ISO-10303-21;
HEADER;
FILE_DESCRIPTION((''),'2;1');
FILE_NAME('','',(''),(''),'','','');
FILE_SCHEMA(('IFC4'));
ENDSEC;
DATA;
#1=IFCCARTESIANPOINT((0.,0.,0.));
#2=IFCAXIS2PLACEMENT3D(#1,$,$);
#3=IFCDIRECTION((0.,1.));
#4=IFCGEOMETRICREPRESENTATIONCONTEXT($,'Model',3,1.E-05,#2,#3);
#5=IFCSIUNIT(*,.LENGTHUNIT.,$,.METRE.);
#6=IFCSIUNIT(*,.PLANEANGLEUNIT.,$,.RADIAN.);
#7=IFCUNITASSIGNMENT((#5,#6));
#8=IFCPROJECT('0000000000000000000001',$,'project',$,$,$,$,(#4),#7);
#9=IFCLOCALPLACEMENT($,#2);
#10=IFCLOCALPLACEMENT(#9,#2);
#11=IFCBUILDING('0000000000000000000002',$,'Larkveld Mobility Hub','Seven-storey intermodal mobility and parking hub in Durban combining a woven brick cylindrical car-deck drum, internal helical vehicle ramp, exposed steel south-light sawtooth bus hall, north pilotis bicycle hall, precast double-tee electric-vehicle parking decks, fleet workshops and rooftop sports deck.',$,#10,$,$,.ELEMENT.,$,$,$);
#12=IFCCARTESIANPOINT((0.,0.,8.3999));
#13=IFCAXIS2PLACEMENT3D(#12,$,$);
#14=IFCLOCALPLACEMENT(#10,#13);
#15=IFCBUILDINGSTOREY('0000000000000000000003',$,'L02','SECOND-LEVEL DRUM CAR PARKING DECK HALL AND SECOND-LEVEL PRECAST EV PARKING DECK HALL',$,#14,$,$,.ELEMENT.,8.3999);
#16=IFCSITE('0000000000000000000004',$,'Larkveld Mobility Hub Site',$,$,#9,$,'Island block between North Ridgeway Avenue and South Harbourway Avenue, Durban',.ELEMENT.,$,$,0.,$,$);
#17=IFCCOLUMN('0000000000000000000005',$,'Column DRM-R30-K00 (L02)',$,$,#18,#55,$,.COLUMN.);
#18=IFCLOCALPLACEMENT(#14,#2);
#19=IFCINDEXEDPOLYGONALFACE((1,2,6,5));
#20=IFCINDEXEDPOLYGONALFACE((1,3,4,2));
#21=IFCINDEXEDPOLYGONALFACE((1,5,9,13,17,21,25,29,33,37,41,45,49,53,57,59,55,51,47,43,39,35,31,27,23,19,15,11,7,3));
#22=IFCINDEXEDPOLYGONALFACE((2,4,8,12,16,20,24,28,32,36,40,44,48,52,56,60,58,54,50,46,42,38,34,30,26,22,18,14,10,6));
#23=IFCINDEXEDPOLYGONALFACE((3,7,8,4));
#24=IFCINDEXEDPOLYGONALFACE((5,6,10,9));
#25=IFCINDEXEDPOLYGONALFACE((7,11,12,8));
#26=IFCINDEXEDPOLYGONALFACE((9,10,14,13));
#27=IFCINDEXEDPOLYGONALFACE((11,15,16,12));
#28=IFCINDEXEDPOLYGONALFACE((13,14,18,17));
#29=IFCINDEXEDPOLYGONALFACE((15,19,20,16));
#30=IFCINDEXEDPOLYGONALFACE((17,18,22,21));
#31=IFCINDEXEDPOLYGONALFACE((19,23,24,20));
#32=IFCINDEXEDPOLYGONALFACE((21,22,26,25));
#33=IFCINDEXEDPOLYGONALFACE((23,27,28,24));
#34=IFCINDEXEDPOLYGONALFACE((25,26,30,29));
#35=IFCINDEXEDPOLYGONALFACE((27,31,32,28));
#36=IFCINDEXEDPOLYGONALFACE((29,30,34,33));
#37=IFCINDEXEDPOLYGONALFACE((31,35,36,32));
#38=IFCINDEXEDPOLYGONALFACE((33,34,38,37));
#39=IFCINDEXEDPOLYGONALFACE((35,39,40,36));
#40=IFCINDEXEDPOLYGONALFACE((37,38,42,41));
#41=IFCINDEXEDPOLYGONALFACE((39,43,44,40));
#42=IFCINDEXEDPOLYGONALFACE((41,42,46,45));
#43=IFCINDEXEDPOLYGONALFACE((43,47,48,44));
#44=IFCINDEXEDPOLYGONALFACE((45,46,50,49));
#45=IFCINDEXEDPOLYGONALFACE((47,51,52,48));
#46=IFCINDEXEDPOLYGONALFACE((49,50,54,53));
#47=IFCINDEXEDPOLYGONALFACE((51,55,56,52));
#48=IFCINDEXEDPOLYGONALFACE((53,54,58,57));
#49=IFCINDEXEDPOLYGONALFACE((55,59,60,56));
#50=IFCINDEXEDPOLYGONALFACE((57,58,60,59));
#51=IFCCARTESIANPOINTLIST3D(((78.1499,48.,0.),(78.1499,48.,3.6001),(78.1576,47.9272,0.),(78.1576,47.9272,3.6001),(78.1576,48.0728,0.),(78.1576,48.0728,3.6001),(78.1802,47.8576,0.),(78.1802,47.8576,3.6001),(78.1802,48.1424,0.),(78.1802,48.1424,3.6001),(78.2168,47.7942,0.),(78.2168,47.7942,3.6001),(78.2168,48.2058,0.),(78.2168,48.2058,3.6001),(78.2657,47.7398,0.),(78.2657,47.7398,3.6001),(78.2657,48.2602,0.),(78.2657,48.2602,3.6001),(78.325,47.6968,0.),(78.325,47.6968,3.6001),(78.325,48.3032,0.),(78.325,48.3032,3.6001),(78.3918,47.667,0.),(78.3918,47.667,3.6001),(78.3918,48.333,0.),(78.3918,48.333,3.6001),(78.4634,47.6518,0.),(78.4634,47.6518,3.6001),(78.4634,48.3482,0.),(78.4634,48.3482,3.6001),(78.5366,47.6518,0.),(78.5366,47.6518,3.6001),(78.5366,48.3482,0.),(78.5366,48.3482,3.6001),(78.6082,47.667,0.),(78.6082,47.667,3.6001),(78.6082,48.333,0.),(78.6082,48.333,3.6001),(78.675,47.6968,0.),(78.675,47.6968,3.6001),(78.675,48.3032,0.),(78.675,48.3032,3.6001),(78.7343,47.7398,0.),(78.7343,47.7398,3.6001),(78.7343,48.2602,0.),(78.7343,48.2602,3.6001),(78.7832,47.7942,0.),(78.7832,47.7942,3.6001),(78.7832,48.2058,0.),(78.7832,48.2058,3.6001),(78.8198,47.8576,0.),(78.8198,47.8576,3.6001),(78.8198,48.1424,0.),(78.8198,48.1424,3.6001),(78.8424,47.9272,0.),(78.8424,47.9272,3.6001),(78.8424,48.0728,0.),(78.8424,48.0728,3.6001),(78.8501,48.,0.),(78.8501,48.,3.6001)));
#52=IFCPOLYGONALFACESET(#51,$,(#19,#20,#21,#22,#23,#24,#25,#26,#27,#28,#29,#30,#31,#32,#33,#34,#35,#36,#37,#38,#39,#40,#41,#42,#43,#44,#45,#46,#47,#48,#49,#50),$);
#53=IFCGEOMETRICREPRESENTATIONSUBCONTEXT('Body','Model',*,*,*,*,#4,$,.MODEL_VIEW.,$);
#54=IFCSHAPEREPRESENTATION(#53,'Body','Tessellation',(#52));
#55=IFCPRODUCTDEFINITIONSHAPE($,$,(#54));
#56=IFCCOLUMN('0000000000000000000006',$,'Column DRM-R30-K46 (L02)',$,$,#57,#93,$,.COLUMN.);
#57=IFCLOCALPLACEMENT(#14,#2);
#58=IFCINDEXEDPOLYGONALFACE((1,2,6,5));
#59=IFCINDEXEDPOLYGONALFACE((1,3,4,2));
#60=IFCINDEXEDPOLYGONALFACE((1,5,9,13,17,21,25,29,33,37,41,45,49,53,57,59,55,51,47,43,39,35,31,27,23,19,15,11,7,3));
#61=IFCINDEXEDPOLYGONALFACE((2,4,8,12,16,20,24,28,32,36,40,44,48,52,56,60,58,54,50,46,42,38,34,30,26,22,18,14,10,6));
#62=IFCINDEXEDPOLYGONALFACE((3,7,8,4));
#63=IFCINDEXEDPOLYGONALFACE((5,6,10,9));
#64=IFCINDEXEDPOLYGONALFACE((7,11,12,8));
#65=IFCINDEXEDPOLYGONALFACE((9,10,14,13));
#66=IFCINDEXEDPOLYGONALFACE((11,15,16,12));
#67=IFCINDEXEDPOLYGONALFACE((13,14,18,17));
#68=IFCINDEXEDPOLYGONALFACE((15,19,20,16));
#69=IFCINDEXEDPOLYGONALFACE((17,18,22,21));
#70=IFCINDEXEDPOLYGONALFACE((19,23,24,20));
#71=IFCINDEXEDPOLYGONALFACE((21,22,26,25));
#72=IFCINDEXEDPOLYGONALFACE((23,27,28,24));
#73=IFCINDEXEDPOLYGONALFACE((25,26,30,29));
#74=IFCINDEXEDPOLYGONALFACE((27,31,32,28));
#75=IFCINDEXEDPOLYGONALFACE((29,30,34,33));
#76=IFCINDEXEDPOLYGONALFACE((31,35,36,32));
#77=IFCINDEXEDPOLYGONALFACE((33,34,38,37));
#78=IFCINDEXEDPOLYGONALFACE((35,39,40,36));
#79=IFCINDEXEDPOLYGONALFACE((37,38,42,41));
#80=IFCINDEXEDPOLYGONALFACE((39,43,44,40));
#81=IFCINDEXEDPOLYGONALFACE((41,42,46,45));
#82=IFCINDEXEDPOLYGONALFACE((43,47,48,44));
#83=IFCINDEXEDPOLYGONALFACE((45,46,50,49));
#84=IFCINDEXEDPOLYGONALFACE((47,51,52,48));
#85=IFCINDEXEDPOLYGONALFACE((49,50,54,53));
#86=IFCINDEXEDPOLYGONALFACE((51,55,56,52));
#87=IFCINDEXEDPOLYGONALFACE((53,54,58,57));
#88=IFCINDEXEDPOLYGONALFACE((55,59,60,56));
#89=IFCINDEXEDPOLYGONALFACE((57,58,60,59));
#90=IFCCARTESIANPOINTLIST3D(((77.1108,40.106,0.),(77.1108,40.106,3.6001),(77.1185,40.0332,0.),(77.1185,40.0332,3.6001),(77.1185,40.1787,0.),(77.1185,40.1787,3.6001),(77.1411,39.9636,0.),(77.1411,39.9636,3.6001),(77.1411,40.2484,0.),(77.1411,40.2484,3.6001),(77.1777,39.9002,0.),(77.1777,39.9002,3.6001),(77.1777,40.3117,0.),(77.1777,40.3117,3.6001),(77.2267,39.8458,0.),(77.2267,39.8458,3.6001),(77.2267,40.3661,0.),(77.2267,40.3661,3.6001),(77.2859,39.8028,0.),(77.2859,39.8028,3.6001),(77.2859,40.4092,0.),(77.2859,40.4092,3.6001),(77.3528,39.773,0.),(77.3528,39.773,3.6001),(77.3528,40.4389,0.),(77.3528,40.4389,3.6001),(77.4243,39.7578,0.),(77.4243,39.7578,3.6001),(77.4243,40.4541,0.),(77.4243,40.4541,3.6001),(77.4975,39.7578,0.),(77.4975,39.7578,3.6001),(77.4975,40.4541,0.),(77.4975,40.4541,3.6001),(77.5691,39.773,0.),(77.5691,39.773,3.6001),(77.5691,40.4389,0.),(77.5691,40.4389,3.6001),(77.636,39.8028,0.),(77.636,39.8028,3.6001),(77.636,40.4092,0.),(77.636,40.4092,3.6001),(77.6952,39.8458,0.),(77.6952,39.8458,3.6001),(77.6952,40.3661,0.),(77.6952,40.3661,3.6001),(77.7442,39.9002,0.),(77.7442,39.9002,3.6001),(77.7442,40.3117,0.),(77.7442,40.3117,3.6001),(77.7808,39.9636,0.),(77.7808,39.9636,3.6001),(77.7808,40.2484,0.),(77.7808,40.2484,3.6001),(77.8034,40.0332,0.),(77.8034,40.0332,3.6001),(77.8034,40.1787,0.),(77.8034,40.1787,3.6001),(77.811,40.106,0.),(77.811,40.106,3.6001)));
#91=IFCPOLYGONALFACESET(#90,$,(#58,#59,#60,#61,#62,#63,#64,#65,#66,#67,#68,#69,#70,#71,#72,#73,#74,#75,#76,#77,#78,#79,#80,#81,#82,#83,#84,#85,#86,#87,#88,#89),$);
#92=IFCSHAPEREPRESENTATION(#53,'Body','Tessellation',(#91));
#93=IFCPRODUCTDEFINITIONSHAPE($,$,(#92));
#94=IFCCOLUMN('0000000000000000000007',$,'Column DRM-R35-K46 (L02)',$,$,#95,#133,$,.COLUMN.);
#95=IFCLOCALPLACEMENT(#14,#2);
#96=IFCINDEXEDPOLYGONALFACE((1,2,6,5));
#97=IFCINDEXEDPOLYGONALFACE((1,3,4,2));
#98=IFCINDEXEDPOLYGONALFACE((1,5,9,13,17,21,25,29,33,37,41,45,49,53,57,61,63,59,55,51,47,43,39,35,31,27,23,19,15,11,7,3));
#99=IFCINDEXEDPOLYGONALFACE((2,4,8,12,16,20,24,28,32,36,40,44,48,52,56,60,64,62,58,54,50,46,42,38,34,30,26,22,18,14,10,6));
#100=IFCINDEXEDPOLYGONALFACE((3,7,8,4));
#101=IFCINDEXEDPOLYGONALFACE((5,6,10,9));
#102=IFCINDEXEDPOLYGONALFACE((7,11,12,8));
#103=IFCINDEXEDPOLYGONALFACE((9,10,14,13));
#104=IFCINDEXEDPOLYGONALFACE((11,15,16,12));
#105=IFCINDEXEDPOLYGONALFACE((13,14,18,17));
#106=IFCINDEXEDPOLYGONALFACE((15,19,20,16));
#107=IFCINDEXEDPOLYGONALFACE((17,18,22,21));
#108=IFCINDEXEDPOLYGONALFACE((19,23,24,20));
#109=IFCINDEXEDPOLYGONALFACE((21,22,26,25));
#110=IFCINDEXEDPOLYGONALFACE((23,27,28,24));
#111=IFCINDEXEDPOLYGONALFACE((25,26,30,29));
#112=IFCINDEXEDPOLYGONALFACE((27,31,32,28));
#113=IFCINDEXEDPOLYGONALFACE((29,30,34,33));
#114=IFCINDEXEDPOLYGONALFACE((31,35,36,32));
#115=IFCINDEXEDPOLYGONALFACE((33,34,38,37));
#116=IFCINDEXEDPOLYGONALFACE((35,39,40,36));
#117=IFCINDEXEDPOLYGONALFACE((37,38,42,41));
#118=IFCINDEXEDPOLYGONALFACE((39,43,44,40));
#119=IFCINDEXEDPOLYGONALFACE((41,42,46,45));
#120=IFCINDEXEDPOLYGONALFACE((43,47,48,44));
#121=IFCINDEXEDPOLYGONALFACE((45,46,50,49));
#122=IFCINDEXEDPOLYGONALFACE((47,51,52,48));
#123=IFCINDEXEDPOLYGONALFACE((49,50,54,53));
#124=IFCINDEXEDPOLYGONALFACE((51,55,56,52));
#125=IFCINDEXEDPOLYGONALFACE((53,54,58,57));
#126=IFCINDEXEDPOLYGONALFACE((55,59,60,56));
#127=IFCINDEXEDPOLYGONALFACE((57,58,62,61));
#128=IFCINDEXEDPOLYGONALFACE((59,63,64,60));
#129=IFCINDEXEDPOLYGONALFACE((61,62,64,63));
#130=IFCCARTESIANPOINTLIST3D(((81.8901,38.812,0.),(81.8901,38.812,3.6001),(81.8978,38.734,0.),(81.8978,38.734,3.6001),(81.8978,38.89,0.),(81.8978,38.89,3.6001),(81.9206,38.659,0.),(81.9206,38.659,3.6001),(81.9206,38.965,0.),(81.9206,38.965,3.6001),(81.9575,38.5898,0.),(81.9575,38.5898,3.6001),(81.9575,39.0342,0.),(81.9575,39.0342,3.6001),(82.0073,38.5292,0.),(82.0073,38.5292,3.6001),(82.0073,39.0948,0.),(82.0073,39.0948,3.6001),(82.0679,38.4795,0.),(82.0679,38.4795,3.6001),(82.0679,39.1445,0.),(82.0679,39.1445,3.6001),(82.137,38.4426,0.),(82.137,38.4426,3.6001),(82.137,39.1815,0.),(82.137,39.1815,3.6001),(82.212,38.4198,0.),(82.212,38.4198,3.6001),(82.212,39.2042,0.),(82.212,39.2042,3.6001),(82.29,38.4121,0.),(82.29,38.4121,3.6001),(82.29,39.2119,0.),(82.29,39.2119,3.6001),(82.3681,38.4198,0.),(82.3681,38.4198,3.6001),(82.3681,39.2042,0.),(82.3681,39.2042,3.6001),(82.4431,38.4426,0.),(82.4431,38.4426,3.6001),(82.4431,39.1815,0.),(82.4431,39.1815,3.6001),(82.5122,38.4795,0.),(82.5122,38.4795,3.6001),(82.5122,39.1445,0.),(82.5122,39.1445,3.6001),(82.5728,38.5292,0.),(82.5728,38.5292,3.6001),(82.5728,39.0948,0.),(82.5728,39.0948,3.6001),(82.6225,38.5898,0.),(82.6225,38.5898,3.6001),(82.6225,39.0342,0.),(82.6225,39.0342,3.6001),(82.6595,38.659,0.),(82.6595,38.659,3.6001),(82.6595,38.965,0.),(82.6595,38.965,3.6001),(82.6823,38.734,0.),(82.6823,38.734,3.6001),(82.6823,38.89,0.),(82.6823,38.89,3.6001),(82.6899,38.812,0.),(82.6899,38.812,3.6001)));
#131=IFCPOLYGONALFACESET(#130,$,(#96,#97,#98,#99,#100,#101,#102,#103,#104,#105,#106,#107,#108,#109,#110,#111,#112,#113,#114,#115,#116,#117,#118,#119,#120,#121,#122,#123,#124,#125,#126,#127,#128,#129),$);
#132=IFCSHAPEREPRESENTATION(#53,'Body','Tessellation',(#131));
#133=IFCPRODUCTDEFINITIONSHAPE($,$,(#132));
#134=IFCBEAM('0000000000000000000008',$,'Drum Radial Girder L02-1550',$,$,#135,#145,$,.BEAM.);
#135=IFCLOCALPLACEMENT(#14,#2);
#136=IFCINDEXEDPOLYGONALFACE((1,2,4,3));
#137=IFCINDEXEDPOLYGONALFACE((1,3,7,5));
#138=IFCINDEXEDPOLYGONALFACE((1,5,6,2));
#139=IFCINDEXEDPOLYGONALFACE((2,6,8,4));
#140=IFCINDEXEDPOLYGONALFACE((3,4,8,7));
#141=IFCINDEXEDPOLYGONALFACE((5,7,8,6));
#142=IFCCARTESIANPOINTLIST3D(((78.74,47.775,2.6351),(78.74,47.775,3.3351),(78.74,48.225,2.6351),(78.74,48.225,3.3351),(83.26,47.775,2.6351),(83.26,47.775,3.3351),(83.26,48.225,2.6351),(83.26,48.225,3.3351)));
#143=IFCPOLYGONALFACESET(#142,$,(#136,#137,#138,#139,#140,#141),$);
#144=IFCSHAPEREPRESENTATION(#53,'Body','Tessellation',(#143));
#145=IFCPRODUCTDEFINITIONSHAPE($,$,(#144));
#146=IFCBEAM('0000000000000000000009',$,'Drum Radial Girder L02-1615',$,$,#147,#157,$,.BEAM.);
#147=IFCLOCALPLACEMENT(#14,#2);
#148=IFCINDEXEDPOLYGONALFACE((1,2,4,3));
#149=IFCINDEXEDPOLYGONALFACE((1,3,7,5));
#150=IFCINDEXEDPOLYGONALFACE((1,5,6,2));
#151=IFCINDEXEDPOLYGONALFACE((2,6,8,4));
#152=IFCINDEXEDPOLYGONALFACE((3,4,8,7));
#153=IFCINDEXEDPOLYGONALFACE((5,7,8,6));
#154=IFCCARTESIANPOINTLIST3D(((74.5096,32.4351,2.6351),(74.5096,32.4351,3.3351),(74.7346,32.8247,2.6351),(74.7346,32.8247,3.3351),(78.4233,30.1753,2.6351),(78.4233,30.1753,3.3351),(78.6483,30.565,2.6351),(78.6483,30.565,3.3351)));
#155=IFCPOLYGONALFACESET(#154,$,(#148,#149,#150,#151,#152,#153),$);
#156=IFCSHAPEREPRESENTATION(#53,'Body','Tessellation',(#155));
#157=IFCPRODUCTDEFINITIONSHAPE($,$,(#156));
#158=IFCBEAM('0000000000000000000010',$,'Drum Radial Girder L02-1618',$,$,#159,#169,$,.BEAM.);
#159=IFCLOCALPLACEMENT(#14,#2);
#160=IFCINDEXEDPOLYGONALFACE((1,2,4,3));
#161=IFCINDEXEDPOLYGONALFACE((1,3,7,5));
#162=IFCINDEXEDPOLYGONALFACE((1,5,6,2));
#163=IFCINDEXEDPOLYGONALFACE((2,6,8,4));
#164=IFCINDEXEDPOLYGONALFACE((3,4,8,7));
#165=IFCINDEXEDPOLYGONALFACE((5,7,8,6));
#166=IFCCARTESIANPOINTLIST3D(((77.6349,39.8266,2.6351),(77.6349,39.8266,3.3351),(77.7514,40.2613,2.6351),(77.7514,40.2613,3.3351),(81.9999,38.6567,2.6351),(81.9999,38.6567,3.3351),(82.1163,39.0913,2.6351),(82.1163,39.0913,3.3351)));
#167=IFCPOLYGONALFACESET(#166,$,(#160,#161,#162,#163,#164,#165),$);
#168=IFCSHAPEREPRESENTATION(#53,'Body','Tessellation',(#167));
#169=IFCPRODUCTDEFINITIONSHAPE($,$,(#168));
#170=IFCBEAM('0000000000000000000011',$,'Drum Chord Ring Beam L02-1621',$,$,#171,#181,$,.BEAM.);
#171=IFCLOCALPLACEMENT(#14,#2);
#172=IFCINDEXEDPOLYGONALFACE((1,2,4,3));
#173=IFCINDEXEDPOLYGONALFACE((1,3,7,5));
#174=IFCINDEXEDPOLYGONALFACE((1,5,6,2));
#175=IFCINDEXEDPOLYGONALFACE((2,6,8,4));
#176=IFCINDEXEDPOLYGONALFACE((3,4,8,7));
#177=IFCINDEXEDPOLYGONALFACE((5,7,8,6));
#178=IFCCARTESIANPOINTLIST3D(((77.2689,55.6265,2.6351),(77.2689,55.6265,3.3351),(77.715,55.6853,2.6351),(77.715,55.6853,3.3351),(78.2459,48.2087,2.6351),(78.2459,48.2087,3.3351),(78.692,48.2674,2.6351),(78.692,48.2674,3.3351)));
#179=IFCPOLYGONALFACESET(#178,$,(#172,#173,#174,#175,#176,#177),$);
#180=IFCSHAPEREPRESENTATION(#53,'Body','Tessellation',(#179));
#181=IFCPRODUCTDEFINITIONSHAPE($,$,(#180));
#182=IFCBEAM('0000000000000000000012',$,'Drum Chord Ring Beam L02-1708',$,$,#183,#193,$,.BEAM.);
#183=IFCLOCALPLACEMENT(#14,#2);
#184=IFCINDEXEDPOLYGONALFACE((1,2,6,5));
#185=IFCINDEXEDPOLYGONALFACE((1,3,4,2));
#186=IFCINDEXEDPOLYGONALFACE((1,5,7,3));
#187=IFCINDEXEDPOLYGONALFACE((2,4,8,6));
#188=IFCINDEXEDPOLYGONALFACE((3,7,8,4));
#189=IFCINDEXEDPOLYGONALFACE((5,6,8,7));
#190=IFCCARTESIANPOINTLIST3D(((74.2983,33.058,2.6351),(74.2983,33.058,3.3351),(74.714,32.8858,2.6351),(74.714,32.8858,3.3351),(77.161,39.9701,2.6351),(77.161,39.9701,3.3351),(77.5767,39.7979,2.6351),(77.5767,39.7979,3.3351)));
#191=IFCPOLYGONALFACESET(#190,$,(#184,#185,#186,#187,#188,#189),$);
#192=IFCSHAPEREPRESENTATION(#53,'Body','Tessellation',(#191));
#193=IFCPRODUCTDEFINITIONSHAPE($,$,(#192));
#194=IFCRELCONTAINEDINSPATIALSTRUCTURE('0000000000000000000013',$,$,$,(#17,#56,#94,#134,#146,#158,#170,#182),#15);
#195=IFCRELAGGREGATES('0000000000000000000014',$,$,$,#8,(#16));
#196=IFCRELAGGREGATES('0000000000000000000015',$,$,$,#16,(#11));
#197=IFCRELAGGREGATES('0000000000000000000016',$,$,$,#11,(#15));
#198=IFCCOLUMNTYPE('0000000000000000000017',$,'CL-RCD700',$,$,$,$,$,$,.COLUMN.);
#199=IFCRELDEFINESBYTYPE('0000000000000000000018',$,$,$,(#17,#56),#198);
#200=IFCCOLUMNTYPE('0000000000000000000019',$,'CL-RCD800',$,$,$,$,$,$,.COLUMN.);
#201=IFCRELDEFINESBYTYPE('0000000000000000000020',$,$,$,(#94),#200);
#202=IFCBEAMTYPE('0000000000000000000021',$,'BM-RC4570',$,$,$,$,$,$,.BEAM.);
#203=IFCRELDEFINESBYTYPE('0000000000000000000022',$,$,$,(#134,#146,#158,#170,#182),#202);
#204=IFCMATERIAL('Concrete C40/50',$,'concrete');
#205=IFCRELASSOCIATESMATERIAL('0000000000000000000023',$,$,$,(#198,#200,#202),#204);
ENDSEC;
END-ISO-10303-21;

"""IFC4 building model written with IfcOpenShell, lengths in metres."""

from ifc_helpers import new_model, si_unit, direction, frame, origin, origin_2d, place, context, subcontext, project, spatial, rectangle, circle, extrude, material, material_profile, profile_set, type_object, element, save


model = new_model("IFC4")

# Units and contexts
model_context = context("Model", 3, precision=1e-05, world=origin(), true_north=direction((0.0, 1.0)))
body_context = subcontext(model_context, "Body", "Model", "MODEL_VIEW")
ifc_project = project(units=[si_unit("LENGTHUNIT", "METRE"), si_unit("PLANEANGLEUNIT", "RADIAN")], contexts=[model_context])

# Site, building, storey
site_placement = place(None, origin())
site = spatial("IfcSite", under=ifc_project, at=site_placement, Name="Larkveld Mobility Hub Site", LongName="Island block between North Ridgeway Avenue and South Harbourway Avenue, Durban", CompositionType="ELEMENT", RefElevation=0.0)
building_placement = place(site_placement, origin())
building = spatial("IfcBuilding", under=site, at=building_placement, Name="Larkveld Mobility Hub", Description="Seven-storey intermodal mobility and parking hub in Durban combining a woven brick cylindrical car-deck drum, internal helical vehicle ramp, exposed steel south-light sawtooth bus hall, north pilotis bicycle hall, precast double-tee electric-vehicle parking decks, fleet workshops and rooftop sports deck.", CompositionType="ELEMENT")
storey_placement = place(building_placement, frame((0.0, 0.0, 8.3999)))
storey = spatial("IfcBuildingStorey", under=building, at=storey_placement, Name="L02", Description="SECOND-LEVEL DRUM CAR PARKING DECK HALL AND SECOND-LEVEL PRECAST EV PARKING DECK HALL", CompositionType="ELEMENT", Elevation=8.3999)

# Columns
ifc_material_1 = material(Name="Concrete C40/50", Category="concrete")
ifc_material_profile_1 = material_profile(ifc_material_1, circle(Radius=0.3501, at=origin_2d()), Name="RC COL D700")
ifc_profile_set_1 = profile_set([ifc_material_profile_1], Name="Concrete C40/50")
column_type_1 = type_object("IfcColumnType", Name="CL-RCD700", PredefinedType="COLUMN", material=ifc_profile_set_1)
for number, where, z_axis, x_axis, name in (
    (1, (78.5, 48.0, 0.0), (0.0, 0.0, 1.0), (1.0, 0.0, 0.0), "Column DRM-R30-K00 (L02)"),
    (2, (77.4609, 40.106, 0.0), (0.0, 0.0, 1.0), (1.0, 0.0, 0.0), "Column DRM-R30-K46 (L02)"),
):
    element("IfcColumn", number, at=place(storey_placement, frame(where, z_axis=z_axis, x_axis=x_axis)), inside=storey, type_object=column_type_1, Name=name, PredefinedType="COLUMN", context=body_context, shape_type="SweptSolid", body=[
        extrude(circle(Radius=0.3501, at=origin_2d()), origin(), (0.0, 0.0, 1.0), 3.6001),
    ])
ifc_material_profile_2 = material_profile(ifc_material_1, circle(Radius=0.3999, at=origin_2d()), Name="RC COL D800")
ifc_profile_set_2 = profile_set([ifc_material_profile_2], Name="Concrete C40/50")
column_type_2 = type_object("IfcColumnType", Name="CL-RCD800", PredefinedType="COLUMN", material=ifc_profile_set_2)
column_placement = place(storey_placement, frame((82.29, 38.812, 0.0), z_axis=(0.0, 0.0, 1.0), x_axis=(1.0, 0.0, 0.0)))
element("IfcColumn", 3, at=column_placement, inside=storey, type_object=column_type_2, Name="Column DRM-R35-K46 (L02)", PredefinedType="COLUMN", context=body_context, shape_type="SweptSolid", body=[
    extrude(circle(Radius=0.3999, at=origin_2d()), origin(), (0.0, 0.0, 1.0), 3.6001),
])

# Beams
ifc_material_profile_3 = material_profile(ifc_material_1, rectangle(XDim=0.45, YDim=0.7, at=origin_2d()), Name="RC BM 450x700")
ifc_profile_set_3 = profile_set([ifc_material_profile_3], Name="Concrete C40/50")
beam_type_1 = type_object("IfcBeamType", Name="BM-RC4570", PredefinedType="BEAM", material=ifc_profile_set_3)
beam_1_placement = place(storey_placement, frame((78.74, 48.0, 2.9851), z_axis=(1.0, 0.0, 0.0), x_axis=(0.0, 1.0, 0.0)))
element("IfcBeam", 4, at=beam_1_placement, inside=storey, type_object=beam_type_1, Name="Drum Radial Girder L02-1550", PredefinedType="BEAM", context=body_context, shape_type="SweptSolid", body=[
    extrude(rectangle(XDim=0.45, YDim=0.7, at=origin_2d()), origin(), (0.0, 0.0, 1.0), 4.52),
])
beam_2_placement = place(storey_placement, frame((74.6221, 32.6299, 2.9851), z_axis=(0.866014, -0.50002, 0.0), x_axis=(0.50002, 0.866014, 0.0)))
element("IfcBeam", 5, at=beam_2_placement, inside=storey, type_object=beam_type_1, Name="Drum Radial Girder L02-1615", PredefinedType="BEAM", context=body_context, shape_type="SweptSolid", body=[
    extrude(rectangle(XDim=0.45, YDim=0.7, at=origin_2d()), origin(), (0.0, 0.0, 1.0), 4.5193),
])
beam_3_placement = place(storey_placement, frame((77.6931, 40.0439, 2.9851), z_axis=(0.965908, -0.258886, 0.0), x_axis=(0.258886, 0.965908, 0.0)))
element("IfcBeam", 6, at=beam_3_placement, inside=storey, type_object=beam_type_1, Name="Drum Radial Girder L02-1618", PredefinedType="BEAM", context=body_context, shape_type="SweptSolid", body=[
    extrude(rectangle(XDim=0.45, YDim=0.7, at=origin_2d()), origin(), (0.0, 0.0, 1.0), 4.519),
])
beam_4_placement = place(storey_placement, frame((78.469, 48.238, 2.9851), z_axis=(-0.130586, 0.991437, 0.0), x_axis=(-0.991437, -0.130586, 0.0)))
element("IfcBeam", 7, at=beam_4_placement, inside=storey, type_object=beam_type_1, Name="Drum Chord Ring Beam L02-1621", PredefinedType="BEAM", context=body_context, shape_type="SweptSolid", body=[
    extrude(rectangle(XDim=0.45, YDim=0.7, at=origin_2d()), origin(), (0.0, 0.0, 1.0), 7.4819),
])
beam_5_placement = place(storey_placement, frame((74.5061, 32.9719, 2.9851), z_axis=(0.38265, 0.923894, 0.0), x_axis=(-0.923894, 0.38265, 0.0)))
element("IfcBeam", 8, at=beam_5_placement, inside=storey, type_object=beam_type_1, Name="Drum Chord Ring Beam L02-1708", PredefinedType="BEAM", context=body_context, shape_type="SweptSolid", body=[
    extrude(rectangle(XDim=0.45, YDim=0.7, at=origin_2d()), origin(), (0.0, 0.0, 1.0), 7.4814),
])

save(model, "model.ifc")
